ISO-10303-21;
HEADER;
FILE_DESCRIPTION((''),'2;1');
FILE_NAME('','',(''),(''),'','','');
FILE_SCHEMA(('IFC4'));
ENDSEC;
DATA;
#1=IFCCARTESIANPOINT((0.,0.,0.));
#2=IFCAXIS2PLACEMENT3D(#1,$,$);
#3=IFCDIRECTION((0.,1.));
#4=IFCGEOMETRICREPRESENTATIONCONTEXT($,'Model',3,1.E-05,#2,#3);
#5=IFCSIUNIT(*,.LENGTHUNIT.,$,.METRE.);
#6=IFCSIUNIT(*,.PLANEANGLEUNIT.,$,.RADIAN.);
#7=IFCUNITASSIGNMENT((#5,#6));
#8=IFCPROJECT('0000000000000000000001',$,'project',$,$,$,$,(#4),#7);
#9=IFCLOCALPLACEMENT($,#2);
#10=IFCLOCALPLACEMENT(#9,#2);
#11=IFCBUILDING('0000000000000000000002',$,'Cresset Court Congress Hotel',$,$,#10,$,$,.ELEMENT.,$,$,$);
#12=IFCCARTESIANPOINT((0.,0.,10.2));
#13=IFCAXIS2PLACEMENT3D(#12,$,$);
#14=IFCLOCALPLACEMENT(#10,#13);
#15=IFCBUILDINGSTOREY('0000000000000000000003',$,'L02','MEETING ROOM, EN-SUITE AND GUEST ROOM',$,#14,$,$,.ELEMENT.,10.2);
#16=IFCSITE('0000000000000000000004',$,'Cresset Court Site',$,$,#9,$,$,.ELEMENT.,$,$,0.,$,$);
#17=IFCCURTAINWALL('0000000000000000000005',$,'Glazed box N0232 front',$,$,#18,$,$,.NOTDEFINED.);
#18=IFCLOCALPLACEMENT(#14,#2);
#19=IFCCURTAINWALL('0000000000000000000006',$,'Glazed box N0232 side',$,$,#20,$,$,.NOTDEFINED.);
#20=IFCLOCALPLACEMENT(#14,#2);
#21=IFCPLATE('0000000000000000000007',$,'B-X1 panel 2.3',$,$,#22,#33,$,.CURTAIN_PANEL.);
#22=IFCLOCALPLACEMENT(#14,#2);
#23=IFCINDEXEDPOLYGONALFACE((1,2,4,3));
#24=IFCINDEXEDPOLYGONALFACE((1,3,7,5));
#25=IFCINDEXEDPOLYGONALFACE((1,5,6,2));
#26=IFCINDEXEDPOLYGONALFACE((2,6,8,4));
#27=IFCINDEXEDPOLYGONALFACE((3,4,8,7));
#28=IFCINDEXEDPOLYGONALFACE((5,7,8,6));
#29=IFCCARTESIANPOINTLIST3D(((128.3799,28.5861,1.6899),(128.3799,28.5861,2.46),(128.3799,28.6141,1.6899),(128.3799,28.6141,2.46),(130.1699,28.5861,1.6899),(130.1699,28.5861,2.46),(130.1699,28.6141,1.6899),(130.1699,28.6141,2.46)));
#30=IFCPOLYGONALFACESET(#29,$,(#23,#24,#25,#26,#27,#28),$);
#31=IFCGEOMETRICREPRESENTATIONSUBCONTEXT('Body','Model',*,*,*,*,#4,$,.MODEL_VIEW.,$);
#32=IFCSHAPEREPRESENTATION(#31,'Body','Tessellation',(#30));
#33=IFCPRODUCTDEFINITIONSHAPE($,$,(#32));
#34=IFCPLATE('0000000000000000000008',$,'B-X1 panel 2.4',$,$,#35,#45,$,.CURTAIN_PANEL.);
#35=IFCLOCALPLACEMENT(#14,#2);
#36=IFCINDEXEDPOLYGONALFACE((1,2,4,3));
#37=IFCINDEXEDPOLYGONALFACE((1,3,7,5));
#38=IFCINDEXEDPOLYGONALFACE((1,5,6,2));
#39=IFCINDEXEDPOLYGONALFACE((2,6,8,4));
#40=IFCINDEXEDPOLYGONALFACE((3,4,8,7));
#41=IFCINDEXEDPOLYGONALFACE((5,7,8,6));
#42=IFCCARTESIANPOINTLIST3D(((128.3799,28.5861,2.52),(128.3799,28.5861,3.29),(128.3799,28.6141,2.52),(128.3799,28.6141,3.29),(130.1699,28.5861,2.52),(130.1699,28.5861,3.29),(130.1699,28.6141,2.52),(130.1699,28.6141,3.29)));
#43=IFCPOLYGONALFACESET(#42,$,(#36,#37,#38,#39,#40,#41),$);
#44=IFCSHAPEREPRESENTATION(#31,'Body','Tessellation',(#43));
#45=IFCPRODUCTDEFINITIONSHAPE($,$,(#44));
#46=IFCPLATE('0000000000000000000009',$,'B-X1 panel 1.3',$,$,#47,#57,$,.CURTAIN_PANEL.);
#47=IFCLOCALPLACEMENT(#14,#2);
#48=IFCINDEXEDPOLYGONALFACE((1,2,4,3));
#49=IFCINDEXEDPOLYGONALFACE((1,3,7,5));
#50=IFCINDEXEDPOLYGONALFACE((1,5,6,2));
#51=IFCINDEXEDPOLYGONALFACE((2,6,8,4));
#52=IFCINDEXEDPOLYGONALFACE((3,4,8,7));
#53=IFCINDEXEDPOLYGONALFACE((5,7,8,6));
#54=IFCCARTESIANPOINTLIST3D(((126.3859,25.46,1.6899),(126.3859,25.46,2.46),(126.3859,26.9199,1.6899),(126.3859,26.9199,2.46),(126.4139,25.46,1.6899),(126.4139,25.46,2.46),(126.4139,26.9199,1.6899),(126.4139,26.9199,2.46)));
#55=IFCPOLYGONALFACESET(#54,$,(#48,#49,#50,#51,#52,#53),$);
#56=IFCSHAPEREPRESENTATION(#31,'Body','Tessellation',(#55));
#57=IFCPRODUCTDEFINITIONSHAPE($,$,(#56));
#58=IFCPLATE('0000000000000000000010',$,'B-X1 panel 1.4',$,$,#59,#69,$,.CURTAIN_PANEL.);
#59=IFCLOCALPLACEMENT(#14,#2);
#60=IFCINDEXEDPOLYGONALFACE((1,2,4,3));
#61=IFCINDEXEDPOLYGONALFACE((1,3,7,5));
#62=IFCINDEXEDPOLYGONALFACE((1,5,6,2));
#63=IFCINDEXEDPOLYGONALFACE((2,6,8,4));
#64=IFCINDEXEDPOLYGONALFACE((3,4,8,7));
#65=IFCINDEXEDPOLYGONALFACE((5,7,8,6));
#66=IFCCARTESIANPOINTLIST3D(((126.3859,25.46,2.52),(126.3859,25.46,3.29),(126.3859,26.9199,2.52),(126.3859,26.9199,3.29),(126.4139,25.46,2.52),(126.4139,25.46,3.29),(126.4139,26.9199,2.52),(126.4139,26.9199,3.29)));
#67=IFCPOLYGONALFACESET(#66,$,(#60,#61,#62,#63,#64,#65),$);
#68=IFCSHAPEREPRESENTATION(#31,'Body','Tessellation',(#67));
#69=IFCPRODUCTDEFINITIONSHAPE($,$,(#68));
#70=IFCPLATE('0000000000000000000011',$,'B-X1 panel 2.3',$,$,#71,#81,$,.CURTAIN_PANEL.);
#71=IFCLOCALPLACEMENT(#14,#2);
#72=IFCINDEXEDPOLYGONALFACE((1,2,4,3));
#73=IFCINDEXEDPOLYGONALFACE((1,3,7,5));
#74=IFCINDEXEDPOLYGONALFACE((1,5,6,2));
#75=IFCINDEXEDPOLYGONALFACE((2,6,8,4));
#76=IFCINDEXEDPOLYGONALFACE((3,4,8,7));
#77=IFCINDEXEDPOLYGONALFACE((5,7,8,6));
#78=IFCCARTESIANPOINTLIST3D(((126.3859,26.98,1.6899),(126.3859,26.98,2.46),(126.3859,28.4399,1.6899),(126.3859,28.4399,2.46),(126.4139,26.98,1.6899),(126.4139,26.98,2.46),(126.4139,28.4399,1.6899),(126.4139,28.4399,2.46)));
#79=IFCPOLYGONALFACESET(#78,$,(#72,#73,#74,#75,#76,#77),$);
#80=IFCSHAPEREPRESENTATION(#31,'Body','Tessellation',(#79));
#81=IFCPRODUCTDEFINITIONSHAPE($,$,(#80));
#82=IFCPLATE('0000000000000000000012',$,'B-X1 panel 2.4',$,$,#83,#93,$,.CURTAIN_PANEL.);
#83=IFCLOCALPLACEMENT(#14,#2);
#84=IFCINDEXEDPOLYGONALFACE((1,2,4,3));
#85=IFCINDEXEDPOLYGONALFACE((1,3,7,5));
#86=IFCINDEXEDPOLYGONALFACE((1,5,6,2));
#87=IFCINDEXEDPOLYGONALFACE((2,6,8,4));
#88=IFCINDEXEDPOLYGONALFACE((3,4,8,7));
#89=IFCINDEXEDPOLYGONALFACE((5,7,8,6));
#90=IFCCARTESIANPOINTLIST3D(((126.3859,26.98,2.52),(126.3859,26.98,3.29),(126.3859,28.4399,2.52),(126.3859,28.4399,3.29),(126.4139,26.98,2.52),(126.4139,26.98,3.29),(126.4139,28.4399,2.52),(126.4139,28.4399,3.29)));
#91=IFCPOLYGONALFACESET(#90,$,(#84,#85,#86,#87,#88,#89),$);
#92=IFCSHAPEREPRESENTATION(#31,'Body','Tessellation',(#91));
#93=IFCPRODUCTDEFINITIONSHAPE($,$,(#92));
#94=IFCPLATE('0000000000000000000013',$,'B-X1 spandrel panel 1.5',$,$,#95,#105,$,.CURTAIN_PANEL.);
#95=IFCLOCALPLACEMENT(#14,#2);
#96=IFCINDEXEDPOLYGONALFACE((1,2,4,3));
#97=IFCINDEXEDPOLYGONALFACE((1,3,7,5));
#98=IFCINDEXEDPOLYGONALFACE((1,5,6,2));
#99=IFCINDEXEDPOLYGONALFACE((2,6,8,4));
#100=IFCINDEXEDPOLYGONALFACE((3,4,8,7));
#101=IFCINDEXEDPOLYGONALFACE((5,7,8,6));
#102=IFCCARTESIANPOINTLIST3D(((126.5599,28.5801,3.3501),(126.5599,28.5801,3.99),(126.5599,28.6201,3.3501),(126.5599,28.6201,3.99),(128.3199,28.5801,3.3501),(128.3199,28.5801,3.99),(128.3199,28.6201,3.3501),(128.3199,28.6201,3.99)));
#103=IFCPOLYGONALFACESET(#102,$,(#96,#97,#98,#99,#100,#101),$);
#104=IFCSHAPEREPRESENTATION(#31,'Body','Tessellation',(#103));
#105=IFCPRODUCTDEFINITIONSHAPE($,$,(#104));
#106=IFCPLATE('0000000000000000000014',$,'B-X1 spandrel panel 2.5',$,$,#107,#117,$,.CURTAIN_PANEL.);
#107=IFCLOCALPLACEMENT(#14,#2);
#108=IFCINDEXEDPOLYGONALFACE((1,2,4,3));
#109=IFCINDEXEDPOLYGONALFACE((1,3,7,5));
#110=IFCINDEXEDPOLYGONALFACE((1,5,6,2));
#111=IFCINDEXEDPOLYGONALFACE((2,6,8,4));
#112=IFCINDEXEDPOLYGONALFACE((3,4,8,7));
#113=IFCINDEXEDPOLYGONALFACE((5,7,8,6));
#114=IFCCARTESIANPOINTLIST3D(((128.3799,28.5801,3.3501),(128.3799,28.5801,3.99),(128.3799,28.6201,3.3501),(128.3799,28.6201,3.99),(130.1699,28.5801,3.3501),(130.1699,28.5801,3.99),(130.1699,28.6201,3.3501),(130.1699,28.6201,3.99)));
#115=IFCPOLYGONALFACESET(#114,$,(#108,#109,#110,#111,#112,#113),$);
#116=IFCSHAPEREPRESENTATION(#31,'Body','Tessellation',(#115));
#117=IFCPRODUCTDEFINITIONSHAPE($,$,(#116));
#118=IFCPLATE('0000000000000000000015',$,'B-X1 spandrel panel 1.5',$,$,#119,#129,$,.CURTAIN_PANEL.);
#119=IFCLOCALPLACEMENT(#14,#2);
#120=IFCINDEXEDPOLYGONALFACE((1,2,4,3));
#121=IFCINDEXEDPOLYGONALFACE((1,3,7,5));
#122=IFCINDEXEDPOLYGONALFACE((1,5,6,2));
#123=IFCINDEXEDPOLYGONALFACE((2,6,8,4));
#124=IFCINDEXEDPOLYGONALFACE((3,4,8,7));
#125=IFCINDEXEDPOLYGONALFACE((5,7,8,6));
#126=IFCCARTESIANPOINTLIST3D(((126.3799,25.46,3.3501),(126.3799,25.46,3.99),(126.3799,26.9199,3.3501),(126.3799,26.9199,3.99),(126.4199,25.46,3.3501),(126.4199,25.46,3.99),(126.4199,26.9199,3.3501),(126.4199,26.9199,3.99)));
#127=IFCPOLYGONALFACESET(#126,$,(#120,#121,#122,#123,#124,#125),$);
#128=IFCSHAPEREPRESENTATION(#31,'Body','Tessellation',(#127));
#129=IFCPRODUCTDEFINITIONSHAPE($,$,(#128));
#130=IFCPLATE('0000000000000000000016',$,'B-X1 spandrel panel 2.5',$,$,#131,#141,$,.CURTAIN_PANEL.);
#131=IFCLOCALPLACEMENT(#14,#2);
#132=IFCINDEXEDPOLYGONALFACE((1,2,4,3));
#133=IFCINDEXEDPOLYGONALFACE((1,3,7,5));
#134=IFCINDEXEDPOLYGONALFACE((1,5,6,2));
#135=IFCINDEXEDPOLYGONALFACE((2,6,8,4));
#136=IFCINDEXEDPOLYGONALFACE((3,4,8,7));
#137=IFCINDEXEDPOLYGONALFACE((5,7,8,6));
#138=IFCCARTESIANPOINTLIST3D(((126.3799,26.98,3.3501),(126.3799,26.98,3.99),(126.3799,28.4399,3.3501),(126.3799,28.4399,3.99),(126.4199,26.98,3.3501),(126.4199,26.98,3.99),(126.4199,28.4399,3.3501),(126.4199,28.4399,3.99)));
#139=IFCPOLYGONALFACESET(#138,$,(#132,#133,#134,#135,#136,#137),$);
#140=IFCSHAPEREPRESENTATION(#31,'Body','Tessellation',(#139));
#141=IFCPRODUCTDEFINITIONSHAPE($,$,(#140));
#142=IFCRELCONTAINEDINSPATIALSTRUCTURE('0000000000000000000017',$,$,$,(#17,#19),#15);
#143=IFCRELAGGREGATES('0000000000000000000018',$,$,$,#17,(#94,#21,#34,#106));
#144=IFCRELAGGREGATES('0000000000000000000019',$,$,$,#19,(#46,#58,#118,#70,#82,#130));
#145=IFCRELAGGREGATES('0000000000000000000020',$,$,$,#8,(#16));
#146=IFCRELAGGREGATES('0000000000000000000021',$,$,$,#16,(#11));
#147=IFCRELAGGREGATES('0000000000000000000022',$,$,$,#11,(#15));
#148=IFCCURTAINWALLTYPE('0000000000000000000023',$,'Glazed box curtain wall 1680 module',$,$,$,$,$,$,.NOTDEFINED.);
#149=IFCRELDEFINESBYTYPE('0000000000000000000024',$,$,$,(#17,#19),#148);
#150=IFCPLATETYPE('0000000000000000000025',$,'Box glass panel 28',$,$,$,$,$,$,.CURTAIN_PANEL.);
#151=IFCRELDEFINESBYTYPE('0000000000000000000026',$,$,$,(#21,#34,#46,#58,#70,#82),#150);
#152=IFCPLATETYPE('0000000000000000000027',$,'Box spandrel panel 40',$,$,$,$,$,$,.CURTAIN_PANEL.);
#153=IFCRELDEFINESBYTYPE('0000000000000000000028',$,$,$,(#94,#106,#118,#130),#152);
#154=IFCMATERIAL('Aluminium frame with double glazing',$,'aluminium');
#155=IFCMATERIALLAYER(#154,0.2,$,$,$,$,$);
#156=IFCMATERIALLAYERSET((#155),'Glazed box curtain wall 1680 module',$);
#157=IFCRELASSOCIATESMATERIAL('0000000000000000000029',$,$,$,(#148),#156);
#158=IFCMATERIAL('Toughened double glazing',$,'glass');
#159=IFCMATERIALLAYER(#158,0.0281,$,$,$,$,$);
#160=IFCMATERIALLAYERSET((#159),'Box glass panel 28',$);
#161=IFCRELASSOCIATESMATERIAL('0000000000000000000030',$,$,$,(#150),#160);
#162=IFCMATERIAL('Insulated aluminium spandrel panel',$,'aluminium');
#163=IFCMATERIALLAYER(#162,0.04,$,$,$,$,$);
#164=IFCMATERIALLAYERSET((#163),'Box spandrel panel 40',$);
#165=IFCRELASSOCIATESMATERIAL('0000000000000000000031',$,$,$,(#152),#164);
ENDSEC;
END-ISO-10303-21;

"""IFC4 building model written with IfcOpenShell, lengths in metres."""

from ifc_helpers import new_model, si_unit, direction, frame, origin, origin_2d, place, context, subcontext, project, spatial, rectangle, extrude, material, layer, layer_set, type_object, element, aggregate, save


model = new_model("IFC4")

# Units and contexts
model_context = context("Model", 3, precision=1e-05, world=origin(), true_north=direction((0.0, 1.0)))
body_context = subcontext(model_context, "Body", "Model", "MODEL_VIEW")
ifc_project = project(units=[si_unit("LENGTHUNIT", "METRE"), si_unit("PLANEANGLEUNIT", "RADIAN")], contexts=[model_context])

# Site, building, storey
site_placement = place(None, origin())
site = spatial("IfcSite", under=ifc_project, at=site_placement, Name="Cresset Court Site", CompositionType="ELEMENT", RefElevation=0.0)
building_placement = place(site_placement, origin())
building = spatial("IfcBuilding", under=site, at=building_placement, Name="Cresset Court Congress Hotel", CompositionType="ELEMENT")
storey_placement = place(building_placement, frame((0.0, 0.0, 10.2)))
storey = spatial("IfcBuildingStorey", under=building, at=storey_placement, Name="L02", Description="MEETING ROOM, EN-SUITE AND GUEST ROOM", CompositionType="ELEMENT", Elevation=10.2)

# Curtain walls
ifc_material_1 = material(Name="Aluminium frame with double glazing", Category="aluminium")
ifc_layer_1 = layer(ifc_material_1, 0.2)
ifc_layer_set_1 = layer_set([ifc_layer_1], Name="Glazed box curtain wall 1680 module")
curtain_wall_type = type_object("IfcCurtainWallType", Name="Glazed box curtain wall 1680 module", PredefinedType="NOTDEFINED", material=ifc_layer_set_1)
curtain_wall_1_placement = place(storey_placement, origin())
curtain_wall_1 = element("IfcCurtainWall", 1, at=curtain_wall_1_placement, inside=storey, type_object=curtain_wall_type, Name="Glazed box N0232 front", PredefinedType="NOTDEFINED")
curtain_wall_2_placement = place(storey_placement, origin())
curtain_wall_2 = element("IfcCurtainWall", 2, at=curtain_wall_2_placement, inside=storey, type_object=curtain_wall_type, Name="Glazed box N0232 side", PredefinedType="NOTDEFINED")

# Plates
ifc_material_2 = material(Name="Toughened double glazing", Category="glass")
ifc_layer_2 = layer(ifc_material_2, 0.0281)
ifc_layer_set_2 = layer_set([ifc_layer_2], Name="Box glass panel 28")
plate_type_1 = type_object("IfcPlateType", Name="Box glass panel 28", PredefinedType="CURTAIN_PANEL", material=ifc_layer_set_2)
plate_1_placement = place(storey_placement, frame((129.2749, 28.6001, 1.6899), z_axis=(0.0, 0.0, 1.0), x_axis=(1.0, 0.0, 0.0)))
plate_1 = element("IfcPlate", 3, at=plate_1_placement, type_object=plate_type_1, Name="B-X1 panel 2.3", PredefinedType="CURTAIN_PANEL", context=body_context, shape_type="SweptSolid", body=[
    extrude(rectangle(XDim=1.79, YDim=0.0281, at=origin_2d()), origin(), (0.0, 0.0, 1.0), 0.77),
])
plate_2_placement = place(storey_placement, frame((129.2749, 28.6001, 2.52), z_axis=(0.0, 0.0, 1.0), x_axis=(1.0, 0.0, 0.0)))
plate_2 = element("IfcPlate", 4, at=plate_2_placement, type_object=plate_type_1, Name="B-X1 panel 2.4", PredefinedType="CURTAIN_PANEL", context=body_context, shape_type="SweptSolid", body=[
    extrude(rectangle(XDim=1.79, YDim=0.0281, at=origin_2d()), origin(), (0.0, 0.0, 1.0), 0.77),
])
plate_3_placement = place(storey_placement, frame((126.3999, 26.1899, 1.6899), z_axis=(0.0, 0.0, 1.0), x_axis=(0.0, 1.0, 0.0)))
plate_3 = element("IfcPlate", 5, at=plate_3_placement, type_object=plate_type_1, Name="B-X1 panel 1.3", PredefinedType="CURTAIN_PANEL", context=body_context, shape_type="SweptSolid", body=[
    extrude(rectangle(XDim=1.46, YDim=0.0281, at=origin_2d()), origin(), (0.0, 0.0, 1.0), 0.77),
])
plate_4_placement = place(storey_placement, frame((126.3999, 26.1899, 2.52), z_axis=(0.0, 0.0, 1.0), x_axis=(0.0, 1.0, 0.0)))
plate_4 = element("IfcPlate", 6, at=plate_4_placement, type_object=plate_type_1, Name="B-X1 panel 1.4", PredefinedType="CURTAIN_PANEL", context=body_context, shape_type="SweptSolid", body=[
    extrude(rectangle(XDim=1.46, YDim=0.0281, at=origin_2d()), origin(), (0.0, 0.0, 1.0), 0.77),
])
plate_5_placement = place(storey_placement, frame((126.3999, 27.71, 1.6899), z_axis=(0.0, 0.0, 1.0), x_axis=(0.0, 1.0, 0.0)))
plate_5 = element("IfcPlate", 7, at=plate_5_placement, type_object=plate_type_1, Name="B-X1 panel 2.3", PredefinedType="CURTAIN_PANEL", context=body_context, shape_type="SweptSolid", body=[
    extrude(rectangle(XDim=1.46, YDim=0.0281, at=origin_2d()), origin(), (0.0, 0.0, 1.0), 0.77),
])
plate_6_placement = place(storey_placement, frame((126.3999, 27.71, 2.52), z_axis=(0.0, 0.0, 1.0), x_axis=(0.0, 1.0, 0.0)))
plate_6 = element("IfcPlate", 8, at=plate_6_placement, type_object=plate_type_1, Name="B-X1 panel 2.4", PredefinedType="CURTAIN_PANEL", context=body_context, shape_type="SweptSolid", body=[
    extrude(rectangle(XDim=1.46, YDim=0.0281, at=origin_2d()), origin(), (0.0, 0.0, 1.0), 0.77),
])
ifc_material_3 = material(Name="Insulated aluminium spandrel panel", Category="aluminium")
ifc_layer_3 = layer(ifc_material_3, 0.04)
ifc_layer_set_3 = layer_set([ifc_layer_3], Name="Box spandrel panel 40")
plate_type_2 = type_object("IfcPlateType", Name="Box spandrel panel 40", PredefinedType="CURTAIN_PANEL", material=ifc_layer_set_3)
plate_7_placement = place(storey_placement, frame((127.4399, 28.6001, 3.3501), z_axis=(0.0, 0.0, 1.0), x_axis=(1.0, 0.0, 0.0)))
plate_7 = element("IfcPlate", 9, at=plate_7_placement, type_object=plate_type_2, Name="B-X1 spandrel panel 1.5", PredefinedType="CURTAIN_PANEL", context=body_context, shape_type="SweptSolid", body=[
    extrude(rectangle(XDim=1.76, YDim=0.04, at=origin_2d()), origin(), (0.0, 0.0, 1.0), 0.6399),
])
plate_8_placement = place(storey_placement, frame((129.2749, 28.6001, 3.3501), z_axis=(0.0, 0.0, 1.0), x_axis=(1.0, 0.0, 0.0)))
plate_8 = element("IfcPlate", 10, at=plate_8_placement, type_object=plate_type_2, Name="B-X1 spandrel panel 2.5", PredefinedType="CURTAIN_PANEL", context=body_context, shape_type="SweptSolid", body=[
    extrude(rectangle(XDim=1.79, YDim=0.04, at=origin_2d()), origin(), (0.0, 0.0, 1.0), 0.6399),
])
aggregate(curtain_wall_1, [plate_7, plate_1, plate_2, plate_8])
plate_9_placement = place(storey_placement, frame((126.3999, 26.1899, 3.3501), z_axis=(0.0, 0.0, 1.0), x_axis=(0.0, 1.0, 0.0)))
plate_9 = element("IfcPlate", 11, at=plate_9_placement, type_object=plate_type_2, Name="B-X1 spandrel panel 1.5", PredefinedType="CURTAIN_PANEL", context=body_context, shape_type="SweptSolid", body=[
    extrude(rectangle(XDim=1.46, YDim=0.04, at=origin_2d()), origin(), (0.0, 0.0, 1.0), 0.6399),
])
plate_10_placement = place(storey_placement, frame((126.3999, 27.71, 3.3501), z_axis=(0.0, 0.0, 1.0), x_axis=(0.0, 1.0, 0.0)))
plate_10 = element("IfcPlate", 12, at=plate_10_placement, type_object=plate_type_2, Name="B-X1 spandrel panel 2.5", PredefinedType="CURTAIN_PANEL", context=body_context, shape_type="SweptSolid", body=[
    extrude(rectangle(XDim=1.46, YDim=0.04, at=origin_2d()), origin(), (0.0, 0.0, 1.0), 0.6399),
])
aggregate(curtain_wall_2, [plate_3, plate_4, plate_9, plate_5, plate_6, plate_10])

save(model, "model.ifc")
